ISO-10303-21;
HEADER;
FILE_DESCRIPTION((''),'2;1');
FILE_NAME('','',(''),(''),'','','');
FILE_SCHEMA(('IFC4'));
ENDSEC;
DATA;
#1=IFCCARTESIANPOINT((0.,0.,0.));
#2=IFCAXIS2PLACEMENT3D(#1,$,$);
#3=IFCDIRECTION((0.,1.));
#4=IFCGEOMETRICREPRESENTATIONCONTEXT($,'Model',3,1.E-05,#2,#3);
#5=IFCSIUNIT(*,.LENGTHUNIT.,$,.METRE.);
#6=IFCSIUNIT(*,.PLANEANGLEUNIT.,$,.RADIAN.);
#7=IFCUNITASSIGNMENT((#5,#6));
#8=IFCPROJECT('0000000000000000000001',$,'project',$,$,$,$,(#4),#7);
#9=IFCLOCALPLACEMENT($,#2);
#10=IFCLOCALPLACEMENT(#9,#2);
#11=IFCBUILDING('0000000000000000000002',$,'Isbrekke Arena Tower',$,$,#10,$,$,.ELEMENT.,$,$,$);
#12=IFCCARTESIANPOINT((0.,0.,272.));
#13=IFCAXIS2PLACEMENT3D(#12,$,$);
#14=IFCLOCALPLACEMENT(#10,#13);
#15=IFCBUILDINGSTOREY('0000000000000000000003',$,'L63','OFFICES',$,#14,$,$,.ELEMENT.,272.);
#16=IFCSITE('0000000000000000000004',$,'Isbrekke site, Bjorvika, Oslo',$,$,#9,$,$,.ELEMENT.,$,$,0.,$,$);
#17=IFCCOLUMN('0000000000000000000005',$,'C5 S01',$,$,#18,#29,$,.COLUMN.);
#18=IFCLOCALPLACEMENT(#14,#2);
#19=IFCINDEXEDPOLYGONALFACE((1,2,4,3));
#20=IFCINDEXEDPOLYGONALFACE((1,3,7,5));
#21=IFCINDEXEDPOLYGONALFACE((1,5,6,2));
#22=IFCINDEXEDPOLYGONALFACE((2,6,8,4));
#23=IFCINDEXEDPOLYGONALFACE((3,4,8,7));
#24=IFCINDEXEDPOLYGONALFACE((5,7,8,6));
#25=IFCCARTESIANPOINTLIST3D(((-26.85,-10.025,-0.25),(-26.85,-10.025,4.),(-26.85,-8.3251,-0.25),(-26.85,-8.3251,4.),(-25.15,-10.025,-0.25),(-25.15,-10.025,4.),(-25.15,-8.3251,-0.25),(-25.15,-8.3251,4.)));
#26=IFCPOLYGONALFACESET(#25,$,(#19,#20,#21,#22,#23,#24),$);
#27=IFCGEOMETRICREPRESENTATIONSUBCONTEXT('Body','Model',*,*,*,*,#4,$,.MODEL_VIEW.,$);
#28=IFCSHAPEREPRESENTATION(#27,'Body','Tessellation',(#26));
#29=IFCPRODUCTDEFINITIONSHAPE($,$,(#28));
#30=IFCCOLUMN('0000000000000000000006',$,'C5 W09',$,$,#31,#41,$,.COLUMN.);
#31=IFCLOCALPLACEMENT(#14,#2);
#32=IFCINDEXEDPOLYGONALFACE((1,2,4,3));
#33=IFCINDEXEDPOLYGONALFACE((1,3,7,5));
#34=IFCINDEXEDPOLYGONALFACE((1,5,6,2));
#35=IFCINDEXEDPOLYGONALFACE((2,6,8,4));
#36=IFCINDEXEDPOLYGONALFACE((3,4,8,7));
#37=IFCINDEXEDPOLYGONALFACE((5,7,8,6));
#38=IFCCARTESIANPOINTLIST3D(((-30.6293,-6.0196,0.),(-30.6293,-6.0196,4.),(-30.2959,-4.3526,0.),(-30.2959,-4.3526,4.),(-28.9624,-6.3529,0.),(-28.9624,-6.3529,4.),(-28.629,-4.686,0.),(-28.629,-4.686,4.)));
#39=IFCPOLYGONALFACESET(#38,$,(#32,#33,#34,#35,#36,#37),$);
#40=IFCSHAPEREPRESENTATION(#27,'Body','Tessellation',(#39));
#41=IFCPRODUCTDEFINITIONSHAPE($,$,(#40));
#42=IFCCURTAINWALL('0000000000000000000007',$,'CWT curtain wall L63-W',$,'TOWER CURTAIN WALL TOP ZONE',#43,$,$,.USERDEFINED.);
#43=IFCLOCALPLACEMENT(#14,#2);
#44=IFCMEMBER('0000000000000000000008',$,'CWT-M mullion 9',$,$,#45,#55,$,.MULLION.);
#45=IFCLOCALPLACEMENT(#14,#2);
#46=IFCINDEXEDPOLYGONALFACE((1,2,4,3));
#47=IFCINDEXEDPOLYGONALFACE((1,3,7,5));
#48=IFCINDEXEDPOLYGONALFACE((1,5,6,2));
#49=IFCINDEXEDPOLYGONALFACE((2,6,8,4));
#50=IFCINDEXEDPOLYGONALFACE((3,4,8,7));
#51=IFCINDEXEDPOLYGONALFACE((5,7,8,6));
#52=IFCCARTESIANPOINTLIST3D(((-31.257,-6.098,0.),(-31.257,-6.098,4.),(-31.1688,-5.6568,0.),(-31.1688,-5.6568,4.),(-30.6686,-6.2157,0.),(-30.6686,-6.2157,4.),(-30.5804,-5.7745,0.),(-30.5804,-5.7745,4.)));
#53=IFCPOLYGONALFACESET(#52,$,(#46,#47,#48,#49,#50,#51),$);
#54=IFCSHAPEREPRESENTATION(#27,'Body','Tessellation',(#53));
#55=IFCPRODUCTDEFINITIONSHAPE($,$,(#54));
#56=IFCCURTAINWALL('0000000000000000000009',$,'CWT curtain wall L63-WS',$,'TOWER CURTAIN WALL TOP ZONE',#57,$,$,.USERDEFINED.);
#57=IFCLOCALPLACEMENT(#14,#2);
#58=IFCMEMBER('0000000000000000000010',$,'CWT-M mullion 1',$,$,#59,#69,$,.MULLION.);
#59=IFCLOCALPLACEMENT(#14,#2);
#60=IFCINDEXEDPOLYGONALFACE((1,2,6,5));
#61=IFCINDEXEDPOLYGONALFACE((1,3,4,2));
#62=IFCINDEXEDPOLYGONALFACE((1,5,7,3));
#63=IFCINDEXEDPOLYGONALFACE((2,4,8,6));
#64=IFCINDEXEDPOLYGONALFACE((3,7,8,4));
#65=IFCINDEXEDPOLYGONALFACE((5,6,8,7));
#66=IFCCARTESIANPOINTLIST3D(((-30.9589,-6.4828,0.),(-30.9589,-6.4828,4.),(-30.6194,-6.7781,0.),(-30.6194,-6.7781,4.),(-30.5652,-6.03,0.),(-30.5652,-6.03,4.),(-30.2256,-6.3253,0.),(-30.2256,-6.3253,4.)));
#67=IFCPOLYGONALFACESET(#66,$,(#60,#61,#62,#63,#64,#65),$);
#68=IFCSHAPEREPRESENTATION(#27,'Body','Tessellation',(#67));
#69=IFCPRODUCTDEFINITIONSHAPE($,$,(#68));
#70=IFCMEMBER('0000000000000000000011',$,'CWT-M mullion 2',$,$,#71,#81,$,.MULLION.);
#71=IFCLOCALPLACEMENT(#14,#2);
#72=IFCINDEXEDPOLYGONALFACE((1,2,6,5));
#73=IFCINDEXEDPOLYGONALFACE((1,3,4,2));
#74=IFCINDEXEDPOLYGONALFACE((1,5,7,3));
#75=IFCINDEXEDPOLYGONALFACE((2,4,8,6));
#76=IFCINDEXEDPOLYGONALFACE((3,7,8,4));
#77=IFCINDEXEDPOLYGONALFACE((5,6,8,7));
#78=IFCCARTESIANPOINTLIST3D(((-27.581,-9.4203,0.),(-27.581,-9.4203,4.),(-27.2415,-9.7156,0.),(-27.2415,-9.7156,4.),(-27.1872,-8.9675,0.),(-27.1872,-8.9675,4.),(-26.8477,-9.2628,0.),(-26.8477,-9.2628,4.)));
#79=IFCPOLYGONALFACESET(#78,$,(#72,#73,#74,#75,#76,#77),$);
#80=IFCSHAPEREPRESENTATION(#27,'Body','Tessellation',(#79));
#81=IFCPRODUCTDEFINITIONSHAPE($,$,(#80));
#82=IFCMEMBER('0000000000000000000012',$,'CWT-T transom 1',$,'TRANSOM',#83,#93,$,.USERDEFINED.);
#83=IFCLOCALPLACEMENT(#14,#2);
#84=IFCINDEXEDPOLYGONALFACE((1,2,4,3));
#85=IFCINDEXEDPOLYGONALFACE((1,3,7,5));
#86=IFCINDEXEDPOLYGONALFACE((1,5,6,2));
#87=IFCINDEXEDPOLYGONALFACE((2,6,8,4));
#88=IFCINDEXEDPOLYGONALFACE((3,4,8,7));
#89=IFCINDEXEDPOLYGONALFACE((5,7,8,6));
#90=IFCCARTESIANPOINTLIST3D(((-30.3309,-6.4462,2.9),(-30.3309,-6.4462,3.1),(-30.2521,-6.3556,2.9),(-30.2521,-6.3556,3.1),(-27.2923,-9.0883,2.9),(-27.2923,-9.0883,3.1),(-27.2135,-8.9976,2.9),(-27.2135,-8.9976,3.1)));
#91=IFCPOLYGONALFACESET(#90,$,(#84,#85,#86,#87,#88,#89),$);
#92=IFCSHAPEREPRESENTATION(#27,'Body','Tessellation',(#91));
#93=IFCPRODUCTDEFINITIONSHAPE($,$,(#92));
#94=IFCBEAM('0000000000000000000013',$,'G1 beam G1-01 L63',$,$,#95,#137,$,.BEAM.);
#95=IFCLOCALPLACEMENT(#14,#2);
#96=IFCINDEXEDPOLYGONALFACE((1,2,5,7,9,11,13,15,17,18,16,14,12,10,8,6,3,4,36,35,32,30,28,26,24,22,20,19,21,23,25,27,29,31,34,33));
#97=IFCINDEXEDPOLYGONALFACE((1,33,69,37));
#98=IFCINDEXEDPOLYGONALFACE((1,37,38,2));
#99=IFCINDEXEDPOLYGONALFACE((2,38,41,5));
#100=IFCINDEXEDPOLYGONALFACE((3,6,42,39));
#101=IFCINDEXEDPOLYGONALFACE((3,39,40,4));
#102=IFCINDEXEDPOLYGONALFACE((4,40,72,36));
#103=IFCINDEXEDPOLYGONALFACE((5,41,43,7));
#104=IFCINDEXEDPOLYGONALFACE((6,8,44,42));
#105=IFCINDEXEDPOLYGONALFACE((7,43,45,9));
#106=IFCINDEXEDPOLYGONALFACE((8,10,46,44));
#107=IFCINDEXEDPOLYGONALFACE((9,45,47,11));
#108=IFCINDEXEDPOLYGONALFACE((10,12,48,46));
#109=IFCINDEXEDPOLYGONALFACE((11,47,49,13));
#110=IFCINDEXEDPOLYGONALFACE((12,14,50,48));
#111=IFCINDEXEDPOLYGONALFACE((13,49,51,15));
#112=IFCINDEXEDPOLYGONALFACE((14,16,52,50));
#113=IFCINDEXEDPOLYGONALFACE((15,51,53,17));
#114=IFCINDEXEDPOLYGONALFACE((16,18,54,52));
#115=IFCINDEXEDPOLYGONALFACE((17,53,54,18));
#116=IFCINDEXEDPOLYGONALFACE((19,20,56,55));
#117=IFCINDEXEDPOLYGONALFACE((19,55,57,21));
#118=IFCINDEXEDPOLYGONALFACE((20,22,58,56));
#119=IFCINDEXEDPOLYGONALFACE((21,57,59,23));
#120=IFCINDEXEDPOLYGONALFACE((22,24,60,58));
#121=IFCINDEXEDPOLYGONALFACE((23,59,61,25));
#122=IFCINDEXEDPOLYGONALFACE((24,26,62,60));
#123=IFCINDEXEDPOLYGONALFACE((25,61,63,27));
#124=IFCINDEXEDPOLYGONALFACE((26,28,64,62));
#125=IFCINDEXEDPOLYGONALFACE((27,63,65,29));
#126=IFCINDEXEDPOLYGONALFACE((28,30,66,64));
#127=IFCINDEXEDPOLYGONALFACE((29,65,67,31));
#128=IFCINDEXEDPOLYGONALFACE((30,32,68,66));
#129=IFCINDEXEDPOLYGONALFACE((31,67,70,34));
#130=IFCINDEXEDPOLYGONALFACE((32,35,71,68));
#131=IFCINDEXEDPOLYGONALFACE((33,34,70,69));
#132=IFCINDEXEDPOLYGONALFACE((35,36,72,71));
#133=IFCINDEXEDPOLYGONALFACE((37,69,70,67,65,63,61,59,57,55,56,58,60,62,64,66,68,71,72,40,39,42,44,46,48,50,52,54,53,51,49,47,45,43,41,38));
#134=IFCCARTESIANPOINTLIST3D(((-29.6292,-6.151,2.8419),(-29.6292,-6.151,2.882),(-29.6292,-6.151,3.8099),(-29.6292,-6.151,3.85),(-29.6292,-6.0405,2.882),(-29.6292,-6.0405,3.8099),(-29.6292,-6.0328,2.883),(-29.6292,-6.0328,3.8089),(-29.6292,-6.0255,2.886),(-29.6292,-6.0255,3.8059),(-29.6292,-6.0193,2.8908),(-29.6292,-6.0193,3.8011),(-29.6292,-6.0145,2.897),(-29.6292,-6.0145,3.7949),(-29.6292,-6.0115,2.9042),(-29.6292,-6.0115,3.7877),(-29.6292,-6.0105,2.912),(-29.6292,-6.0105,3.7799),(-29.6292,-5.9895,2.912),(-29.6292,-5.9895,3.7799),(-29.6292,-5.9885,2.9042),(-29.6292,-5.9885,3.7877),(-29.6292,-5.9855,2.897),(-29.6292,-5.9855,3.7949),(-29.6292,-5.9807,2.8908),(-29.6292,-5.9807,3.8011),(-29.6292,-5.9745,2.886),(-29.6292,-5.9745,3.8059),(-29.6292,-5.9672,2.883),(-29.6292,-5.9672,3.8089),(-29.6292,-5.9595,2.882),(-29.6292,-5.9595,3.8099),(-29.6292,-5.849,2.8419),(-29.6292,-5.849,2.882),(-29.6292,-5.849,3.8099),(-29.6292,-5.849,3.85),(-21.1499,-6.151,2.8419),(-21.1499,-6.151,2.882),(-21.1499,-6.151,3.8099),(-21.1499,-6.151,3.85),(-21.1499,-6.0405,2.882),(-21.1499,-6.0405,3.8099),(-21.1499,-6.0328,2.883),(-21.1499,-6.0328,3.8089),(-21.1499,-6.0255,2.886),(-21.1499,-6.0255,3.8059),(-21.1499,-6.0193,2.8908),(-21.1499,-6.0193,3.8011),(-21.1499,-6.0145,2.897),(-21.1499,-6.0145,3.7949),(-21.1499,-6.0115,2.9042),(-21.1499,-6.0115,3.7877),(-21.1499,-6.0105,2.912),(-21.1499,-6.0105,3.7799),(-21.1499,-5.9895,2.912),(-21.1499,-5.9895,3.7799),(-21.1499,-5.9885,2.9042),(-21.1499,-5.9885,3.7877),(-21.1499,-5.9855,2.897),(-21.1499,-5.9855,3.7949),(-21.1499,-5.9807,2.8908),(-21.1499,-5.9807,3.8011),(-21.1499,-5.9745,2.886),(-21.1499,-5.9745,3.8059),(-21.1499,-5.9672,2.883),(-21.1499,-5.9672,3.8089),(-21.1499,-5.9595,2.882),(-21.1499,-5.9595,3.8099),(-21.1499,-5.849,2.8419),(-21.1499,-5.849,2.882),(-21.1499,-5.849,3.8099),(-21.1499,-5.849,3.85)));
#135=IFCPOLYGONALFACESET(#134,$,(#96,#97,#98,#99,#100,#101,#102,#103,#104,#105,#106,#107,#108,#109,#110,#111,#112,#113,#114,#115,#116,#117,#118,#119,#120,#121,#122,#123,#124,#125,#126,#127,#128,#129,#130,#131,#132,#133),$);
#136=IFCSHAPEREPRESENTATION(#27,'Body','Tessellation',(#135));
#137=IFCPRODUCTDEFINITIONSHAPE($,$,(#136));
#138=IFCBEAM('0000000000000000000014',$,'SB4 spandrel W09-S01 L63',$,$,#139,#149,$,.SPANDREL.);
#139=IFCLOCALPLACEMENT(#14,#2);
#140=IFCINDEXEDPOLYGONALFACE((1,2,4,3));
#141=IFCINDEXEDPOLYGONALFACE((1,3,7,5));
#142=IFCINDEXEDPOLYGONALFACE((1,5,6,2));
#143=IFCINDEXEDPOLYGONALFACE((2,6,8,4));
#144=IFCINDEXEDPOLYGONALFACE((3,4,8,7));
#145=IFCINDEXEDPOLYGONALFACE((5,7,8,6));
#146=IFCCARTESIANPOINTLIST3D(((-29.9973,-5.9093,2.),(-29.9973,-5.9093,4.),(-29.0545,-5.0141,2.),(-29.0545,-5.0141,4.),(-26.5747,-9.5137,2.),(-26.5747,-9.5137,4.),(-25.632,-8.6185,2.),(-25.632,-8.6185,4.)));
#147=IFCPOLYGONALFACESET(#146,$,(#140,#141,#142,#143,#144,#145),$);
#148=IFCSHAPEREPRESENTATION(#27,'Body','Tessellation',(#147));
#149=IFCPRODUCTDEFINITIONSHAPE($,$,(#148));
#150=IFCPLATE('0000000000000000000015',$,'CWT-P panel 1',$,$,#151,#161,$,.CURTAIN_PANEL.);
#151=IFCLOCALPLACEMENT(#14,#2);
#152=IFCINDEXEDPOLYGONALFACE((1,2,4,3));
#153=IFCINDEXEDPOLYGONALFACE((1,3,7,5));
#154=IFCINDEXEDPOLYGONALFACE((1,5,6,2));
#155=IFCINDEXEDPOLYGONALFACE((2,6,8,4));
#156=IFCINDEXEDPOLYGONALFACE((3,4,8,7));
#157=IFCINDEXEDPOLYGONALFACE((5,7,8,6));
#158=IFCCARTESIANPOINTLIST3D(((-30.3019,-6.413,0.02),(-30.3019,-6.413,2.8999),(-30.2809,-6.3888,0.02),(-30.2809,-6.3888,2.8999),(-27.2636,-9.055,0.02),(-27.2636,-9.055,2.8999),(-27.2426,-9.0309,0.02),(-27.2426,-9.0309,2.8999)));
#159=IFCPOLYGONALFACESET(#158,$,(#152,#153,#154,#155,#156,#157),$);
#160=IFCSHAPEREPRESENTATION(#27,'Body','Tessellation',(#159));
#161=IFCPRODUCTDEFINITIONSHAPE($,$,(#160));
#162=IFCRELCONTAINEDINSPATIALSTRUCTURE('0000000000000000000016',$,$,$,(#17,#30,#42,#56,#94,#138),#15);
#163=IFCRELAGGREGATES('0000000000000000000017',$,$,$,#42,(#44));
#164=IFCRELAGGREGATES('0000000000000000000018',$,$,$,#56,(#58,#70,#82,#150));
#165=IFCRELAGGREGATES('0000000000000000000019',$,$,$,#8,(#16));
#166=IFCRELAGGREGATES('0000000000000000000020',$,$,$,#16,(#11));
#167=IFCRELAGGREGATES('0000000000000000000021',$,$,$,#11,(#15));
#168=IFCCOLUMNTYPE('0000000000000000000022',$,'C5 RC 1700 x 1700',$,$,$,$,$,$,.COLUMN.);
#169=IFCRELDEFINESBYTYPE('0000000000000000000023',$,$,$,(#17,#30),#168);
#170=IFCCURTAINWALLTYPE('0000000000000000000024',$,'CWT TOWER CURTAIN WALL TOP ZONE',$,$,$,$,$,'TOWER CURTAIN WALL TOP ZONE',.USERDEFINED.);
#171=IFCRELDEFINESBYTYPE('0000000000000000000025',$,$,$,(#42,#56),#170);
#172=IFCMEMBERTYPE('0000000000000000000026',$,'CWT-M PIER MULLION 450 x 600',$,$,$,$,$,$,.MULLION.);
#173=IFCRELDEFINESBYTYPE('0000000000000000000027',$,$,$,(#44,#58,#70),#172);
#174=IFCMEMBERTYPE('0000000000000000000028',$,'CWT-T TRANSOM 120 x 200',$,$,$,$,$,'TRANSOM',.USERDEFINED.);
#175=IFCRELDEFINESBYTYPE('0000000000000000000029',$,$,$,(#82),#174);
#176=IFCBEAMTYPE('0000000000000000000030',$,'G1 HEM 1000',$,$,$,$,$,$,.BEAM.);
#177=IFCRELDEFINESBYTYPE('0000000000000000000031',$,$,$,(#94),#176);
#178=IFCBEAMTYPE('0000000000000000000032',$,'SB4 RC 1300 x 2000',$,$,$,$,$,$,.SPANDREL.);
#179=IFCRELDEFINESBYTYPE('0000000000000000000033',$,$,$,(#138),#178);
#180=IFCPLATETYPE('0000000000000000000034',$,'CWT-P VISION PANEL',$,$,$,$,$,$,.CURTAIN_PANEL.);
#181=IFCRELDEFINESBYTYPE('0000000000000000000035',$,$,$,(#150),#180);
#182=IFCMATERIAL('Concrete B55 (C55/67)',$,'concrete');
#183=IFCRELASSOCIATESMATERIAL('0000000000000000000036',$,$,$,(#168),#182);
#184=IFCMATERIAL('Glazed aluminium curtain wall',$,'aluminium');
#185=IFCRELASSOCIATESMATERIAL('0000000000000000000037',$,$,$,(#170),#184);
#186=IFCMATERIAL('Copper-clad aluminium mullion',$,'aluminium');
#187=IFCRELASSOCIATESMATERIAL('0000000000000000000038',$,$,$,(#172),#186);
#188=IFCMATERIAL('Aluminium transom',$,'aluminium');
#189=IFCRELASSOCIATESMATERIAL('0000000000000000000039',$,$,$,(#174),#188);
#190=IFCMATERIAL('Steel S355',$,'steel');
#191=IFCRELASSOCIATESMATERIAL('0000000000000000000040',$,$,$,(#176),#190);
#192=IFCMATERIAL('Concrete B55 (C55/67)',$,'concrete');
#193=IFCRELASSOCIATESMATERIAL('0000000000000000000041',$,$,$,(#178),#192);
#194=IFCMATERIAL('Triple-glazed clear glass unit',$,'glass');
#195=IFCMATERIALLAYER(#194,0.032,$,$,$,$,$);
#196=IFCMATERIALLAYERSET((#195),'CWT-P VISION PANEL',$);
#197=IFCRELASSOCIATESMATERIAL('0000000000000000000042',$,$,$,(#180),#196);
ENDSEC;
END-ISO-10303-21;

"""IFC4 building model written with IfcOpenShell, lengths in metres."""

from ifc_helpers import new_model, si_unit, direction, frame, origin, origin_2d, place, context, subcontext, project, spatial, rectangle, i_section, extrude, material, layer, layer_set, material_profile, profile_set, type_object, element, aggregate, save


model = new_model("IFC4")

# Units and contexts
model_context = context("Model", 3, precision=1e-05, world=origin(), true_north=direction((0.0, 1.0)))
body_context = subcontext(model_context, "Body", "Model", "MODEL_VIEW")
ifc_project = project(units=[si_unit("LENGTHUNIT", "METRE"), si_unit("PLANEANGLEUNIT", "RADIAN")], contexts=[model_context])

# Site, building, storey
site_placement = place(None, origin())
site = spatial("IfcSite", under=ifc_project, at=site_placement, Name="Isbrekke site, Bjorvika, Oslo", CompositionType="ELEMENT", RefElevation=0.0)
building_placement = place(site_placement, origin())
building = spatial("IfcBuilding", under=site, at=building_placement, Name="Isbrekke Arena Tower", CompositionType="ELEMENT")
storey_placement = place(building_placement, frame((0.0, 0.0, 272.0)))
storey = spatial("IfcBuildingStorey", under=building, at=storey_placement, Name="L63", Description="OFFICES", CompositionType="ELEMENT", Elevation=272.0)

# Columns
ifc_material_1 = material(Name="Concrete B55 (C55/67)", Category="concrete")
ifc_material_profile_1 = material_profile(ifc_material_1, rectangle(XDim=1.7, YDim=1.7, at=origin_2d()), Name="RC 1700x1700")
ifc_profile_set_1 = profile_set([ifc_material_profile_1], Name="Concrete B55 (C55/67)")
column_type = type_object("IfcColumnType", Name="C5 RC 1700 x 1700", PredefinedType="COLUMN", material=ifc_profile_set_1)
column_1_placement = place(storey_placement, frame((-26.0, -9.175, -0.25), z_axis=(0.0, 0.0, 1.0), x_axis=(1.0, 0.0, 0.0)))
element("IfcColumn", 1, at=column_1_placement, inside=storey, type_object=column_type, Name="C5 S01", PredefinedType="COLUMN", context=body_context, shape_type="SweptSolid", body=[
    extrude(rectangle(XDim=1.7, YDim=1.7, at=origin_2d()), origin(), (0.0, 0.0, 1.0), 4.25),
])
column_2_placement = place(storey_placement, frame((-29.6292, -5.3528, 0.0), z_axis=(0.0, 0.0, 1.0), x_axis=(-0.196116, -0.980581, 0.0)))
element("IfcColumn", 2, at=column_2_placement, inside=storey, type_object=column_type, Name="C5 W09", PredefinedType="COLUMN", context=body_context, shape_type="SweptSolid", body=[
    extrude(rectangle(XDim=1.7, YDim=1.7, at=origin_2d()), origin(), (0.0, 0.0, 1.0), 4.0),
])

# Curtain wall, member
ifc_material_2 = material(Name="Glazed aluminium curtain wall", Category="aluminium")
curtain_wall_type = type_object("IfcCurtainWallType", Name="CWT TOWER CURTAIN WALL TOP ZONE", ElementType="TOWER CURTAIN WALL TOP ZONE", PredefinedType="USERDEFINED", material=ifc_material_2)
curtain_wall_1_placement = place(storey_placement, origin())
curtain_wall_1 = element("IfcCurtainWall", 3, at=curtain_wall_1_placement, inside=storey, type_object=curtain_wall_type, Name="CWT curtain wall L63-W", ObjectType="TOWER CURTAIN WALL TOP ZONE", PredefinedType="USERDEFINED")
ifc_material_3 = material(Name="Copper-clad aluminium mullion", Category="aluminium")
ifc_material_profile_2 = material_profile(ifc_material_3, rectangle(XDim=0.45, YDim=0.6001, at=origin_2d()), Name="PIER 450X600")
ifc_profile_set_2 = profile_set([ifc_material_profile_2], Name="Copper-clad aluminium mullion")
member_type_1 = type_object("IfcMemberType", Name="CWT-M PIER MULLION 450 x 600", PredefinedType="MULLION", material=ifc_profile_set_2)
member_1_placement = place(storey_placement, frame((-30.9187, -5.9363, 0.0), z_axis=(0.0, 0.0, 1.0), x_axis=(-0.196116, -0.980581, 0.0)))
member_1 = element("IfcMember", 4, at=member_1_placement, type_object=member_type_1, Name="CWT-M mullion 9", PredefinedType="MULLION", context=body_context, shape_type="SweptSolid", body=[
    extrude(rectangle(XDim=0.45, YDim=0.6001, at=origin_2d()), origin(), (0.0, 0.0, 1.0), 4.0),
])
aggregate(curtain_wall_1, [member_1])

# Curtain wall, members
curtain_wall_2_placement = place(storey_placement, origin())
curtain_wall_2 = element("IfcCurtainWall", 5, at=curtain_wall_2_placement, inside=storey, type_object=curtain_wall_type, Name="CWT curtain wall L63-WS", ObjectType="TOWER CURTAIN WALL TOP ZONE", PredefinedType="USERDEFINED")
member_2_placement = place(storey_placement, frame((-30.5923, -6.4041, 0.0), z_axis=(0.0, 0.0, 1.0), x_axis=(0.754606, -0.656179, 0.0)))
member_2 = element("IfcMember", 6, at=member_2_placement, type_object=member_type_1, Name="CWT-M mullion 1", PredefinedType="MULLION", context=body_context, shape_type="SweptSolid", body=[
    extrude(rectangle(XDim=0.45, YDim=0.6001, at=origin_2d()), origin(), (0.0, 0.0, 1.0), 4.0),
])
member_3_placement = place(storey_placement, frame((-27.2144, -9.3416, 0.0), z_axis=(0.0, 0.0, 1.0), x_axis=(0.754606, -0.656179, 0.0)))
member_3 = element("IfcMember", 7, at=member_3_placement, type_object=member_type_1, Name="CWT-M mullion 2", PredefinedType="MULLION", context=body_context, shape_type="SweptSolid", body=[
    extrude(rectangle(XDim=0.45, YDim=0.6001, at=origin_2d()), origin(), (0.0, 0.0, 1.0), 4.0),
])
ifc_material_4 = material(Name="Aluminium transom", Category="aluminium")
ifc_material_profile_3 = material_profile(ifc_material_4, rectangle(XDim=0.1201, YDim=0.2, at=origin_2d()), Name="TRANSOM 120X200")
ifc_profile_set_3 = profile_set([ifc_material_profile_3], Name="Aluminium transom")
member_type_2 = type_object("IfcMemberType", Name="CWT-T TRANSOM 120 x 200", ElementType="TRANSOM", PredefinedType="USERDEFINED", material=ifc_profile_set_3)
member_4_placement = place(storey_placement, frame((-30.2915, -6.4009, 3.0), z_axis=(0.754624, -0.656158, 0.0), x_axis=(0.656158, 0.754624, 0.0)))
member_4 = element("IfcMember", 8, at=member_4_placement, type_object=member_type_2, Name="CWT-T transom 1", ObjectType="TRANSOM", PredefinedType="USERDEFINED", context=body_context, shape_type="SweptSolid", body=[
    extrude(rectangle(XDim=0.1201, YDim=0.2, at=origin_2d()), origin(), (0.0, 0.0, 1.0), 4.0266),
])

# Beams
ifc_material_5 = material(Name="Steel S355", Category="steel")
ifc_material_profile_4 = material_profile(ifc_material_5, i_section(OverallWidth=0.302, OverallDepth=1.0081, WebThickness=0.021, FlangeThickness=0.04, FilletRadius=0.03, at=origin_2d()), Name="HEM 1000")
ifc_profile_set_4 = profile_set([ifc_material_profile_4], Name="Steel S355")
beam_type_1 = type_object("IfcBeamType", Name="G1 HEM 1000", PredefinedType="BEAM", material=ifc_profile_set_4)
beam_1_placement = place(storey_placement, frame((-29.6292, -6.0, 3.3459), z_axis=(1.0, 0.0, 0.0), x_axis=(0.0, 1.0, 0.0)))
element("IfcBeam", 9, at=beam_1_placement, inside=storey, type_object=beam_type_1, Name="G1 beam G1-01 L63", PredefinedType="BEAM", context=body_context, shape_type="SweptSolid", body=[
    extrude(i_section(OverallWidth=0.302, OverallDepth=1.0081, WebThickness=0.021, FlangeThickness=0.04, FilletRadius=0.03, at=origin_2d()), origin(), (0.0, 0.0, 1.0), 8.4792),
])
ifc_material_6 = material(Name="Concrete B55 (C55/67)", Category="concrete")
ifc_material_profile_5 = material_profile(ifc_material_6, rectangle(XDim=1.3, YDim=2.0, at=origin_2d()), Name="RC 1300x2000")
ifc_profile_set_5 = profile_set([ifc_material_profile_5], Name="Concrete B55 (C55/67)")
beam_type_2 = type_object("IfcBeamType", Name="SB4 RC 1300 x 2000", PredefinedType="SPANDREL", material=ifc_profile_set_5)
beam_2_placement = place(storey_placement, frame((-29.5259, -5.4617, 3.0), z_axis=(0.688574, -0.725166, 0.0), x_axis=(0.725166, 0.688574, 0.0)))
element("IfcBeam", 10, at=beam_2_placement, inside=storey, type_object=beam_type_2, Name="SB4 spandrel W09-S01 L63", PredefinedType="SPANDREL", context=body_context, shape_type="SweptSolid", body=[
    extrude(rectangle(XDim=1.3, YDim=2.0, at=origin_2d()), origin(), (0.0, 0.0, 1.0), 4.9705),
])

# Plate
ifc_material_7 = material(Name="Triple-glazed clear glass unit", Category="glass")
ifc_layer_1 = layer(ifc_material_7, 0.032)
ifc_layer_set_1 = layer_set([ifc_layer_1], Name="CWT-P VISION PANEL")
plate_type = type_object("IfcPlateType", Name="CWT-P VISION PANEL", PredefinedType="CURTAIN_PANEL", material=ifc_layer_set_1)
plate_placement = place(storey_placement, frame((-28.7722, -7.7219, 0.02), z_axis=(0.0, 0.0, 1.0), x_axis=(0.754606, -0.656179, 0.0)))
plate = element("IfcPlate", 11, at=plate_placement, type_object=plate_type, Name="CWT-P panel 1", PredefinedType="CURTAIN_PANEL", context=body_context, shape_type="SweptSolid", body=[
    extrude(rectangle(XDim=4.0264, YDim=0.032, at=origin_2d()), origin(), (0.0, 0.0, 1.0), 2.8799),
])
aggregate(curtain_wall_2, [member_2, member_3, member_4, plate])

save(model, "model.ifc")
